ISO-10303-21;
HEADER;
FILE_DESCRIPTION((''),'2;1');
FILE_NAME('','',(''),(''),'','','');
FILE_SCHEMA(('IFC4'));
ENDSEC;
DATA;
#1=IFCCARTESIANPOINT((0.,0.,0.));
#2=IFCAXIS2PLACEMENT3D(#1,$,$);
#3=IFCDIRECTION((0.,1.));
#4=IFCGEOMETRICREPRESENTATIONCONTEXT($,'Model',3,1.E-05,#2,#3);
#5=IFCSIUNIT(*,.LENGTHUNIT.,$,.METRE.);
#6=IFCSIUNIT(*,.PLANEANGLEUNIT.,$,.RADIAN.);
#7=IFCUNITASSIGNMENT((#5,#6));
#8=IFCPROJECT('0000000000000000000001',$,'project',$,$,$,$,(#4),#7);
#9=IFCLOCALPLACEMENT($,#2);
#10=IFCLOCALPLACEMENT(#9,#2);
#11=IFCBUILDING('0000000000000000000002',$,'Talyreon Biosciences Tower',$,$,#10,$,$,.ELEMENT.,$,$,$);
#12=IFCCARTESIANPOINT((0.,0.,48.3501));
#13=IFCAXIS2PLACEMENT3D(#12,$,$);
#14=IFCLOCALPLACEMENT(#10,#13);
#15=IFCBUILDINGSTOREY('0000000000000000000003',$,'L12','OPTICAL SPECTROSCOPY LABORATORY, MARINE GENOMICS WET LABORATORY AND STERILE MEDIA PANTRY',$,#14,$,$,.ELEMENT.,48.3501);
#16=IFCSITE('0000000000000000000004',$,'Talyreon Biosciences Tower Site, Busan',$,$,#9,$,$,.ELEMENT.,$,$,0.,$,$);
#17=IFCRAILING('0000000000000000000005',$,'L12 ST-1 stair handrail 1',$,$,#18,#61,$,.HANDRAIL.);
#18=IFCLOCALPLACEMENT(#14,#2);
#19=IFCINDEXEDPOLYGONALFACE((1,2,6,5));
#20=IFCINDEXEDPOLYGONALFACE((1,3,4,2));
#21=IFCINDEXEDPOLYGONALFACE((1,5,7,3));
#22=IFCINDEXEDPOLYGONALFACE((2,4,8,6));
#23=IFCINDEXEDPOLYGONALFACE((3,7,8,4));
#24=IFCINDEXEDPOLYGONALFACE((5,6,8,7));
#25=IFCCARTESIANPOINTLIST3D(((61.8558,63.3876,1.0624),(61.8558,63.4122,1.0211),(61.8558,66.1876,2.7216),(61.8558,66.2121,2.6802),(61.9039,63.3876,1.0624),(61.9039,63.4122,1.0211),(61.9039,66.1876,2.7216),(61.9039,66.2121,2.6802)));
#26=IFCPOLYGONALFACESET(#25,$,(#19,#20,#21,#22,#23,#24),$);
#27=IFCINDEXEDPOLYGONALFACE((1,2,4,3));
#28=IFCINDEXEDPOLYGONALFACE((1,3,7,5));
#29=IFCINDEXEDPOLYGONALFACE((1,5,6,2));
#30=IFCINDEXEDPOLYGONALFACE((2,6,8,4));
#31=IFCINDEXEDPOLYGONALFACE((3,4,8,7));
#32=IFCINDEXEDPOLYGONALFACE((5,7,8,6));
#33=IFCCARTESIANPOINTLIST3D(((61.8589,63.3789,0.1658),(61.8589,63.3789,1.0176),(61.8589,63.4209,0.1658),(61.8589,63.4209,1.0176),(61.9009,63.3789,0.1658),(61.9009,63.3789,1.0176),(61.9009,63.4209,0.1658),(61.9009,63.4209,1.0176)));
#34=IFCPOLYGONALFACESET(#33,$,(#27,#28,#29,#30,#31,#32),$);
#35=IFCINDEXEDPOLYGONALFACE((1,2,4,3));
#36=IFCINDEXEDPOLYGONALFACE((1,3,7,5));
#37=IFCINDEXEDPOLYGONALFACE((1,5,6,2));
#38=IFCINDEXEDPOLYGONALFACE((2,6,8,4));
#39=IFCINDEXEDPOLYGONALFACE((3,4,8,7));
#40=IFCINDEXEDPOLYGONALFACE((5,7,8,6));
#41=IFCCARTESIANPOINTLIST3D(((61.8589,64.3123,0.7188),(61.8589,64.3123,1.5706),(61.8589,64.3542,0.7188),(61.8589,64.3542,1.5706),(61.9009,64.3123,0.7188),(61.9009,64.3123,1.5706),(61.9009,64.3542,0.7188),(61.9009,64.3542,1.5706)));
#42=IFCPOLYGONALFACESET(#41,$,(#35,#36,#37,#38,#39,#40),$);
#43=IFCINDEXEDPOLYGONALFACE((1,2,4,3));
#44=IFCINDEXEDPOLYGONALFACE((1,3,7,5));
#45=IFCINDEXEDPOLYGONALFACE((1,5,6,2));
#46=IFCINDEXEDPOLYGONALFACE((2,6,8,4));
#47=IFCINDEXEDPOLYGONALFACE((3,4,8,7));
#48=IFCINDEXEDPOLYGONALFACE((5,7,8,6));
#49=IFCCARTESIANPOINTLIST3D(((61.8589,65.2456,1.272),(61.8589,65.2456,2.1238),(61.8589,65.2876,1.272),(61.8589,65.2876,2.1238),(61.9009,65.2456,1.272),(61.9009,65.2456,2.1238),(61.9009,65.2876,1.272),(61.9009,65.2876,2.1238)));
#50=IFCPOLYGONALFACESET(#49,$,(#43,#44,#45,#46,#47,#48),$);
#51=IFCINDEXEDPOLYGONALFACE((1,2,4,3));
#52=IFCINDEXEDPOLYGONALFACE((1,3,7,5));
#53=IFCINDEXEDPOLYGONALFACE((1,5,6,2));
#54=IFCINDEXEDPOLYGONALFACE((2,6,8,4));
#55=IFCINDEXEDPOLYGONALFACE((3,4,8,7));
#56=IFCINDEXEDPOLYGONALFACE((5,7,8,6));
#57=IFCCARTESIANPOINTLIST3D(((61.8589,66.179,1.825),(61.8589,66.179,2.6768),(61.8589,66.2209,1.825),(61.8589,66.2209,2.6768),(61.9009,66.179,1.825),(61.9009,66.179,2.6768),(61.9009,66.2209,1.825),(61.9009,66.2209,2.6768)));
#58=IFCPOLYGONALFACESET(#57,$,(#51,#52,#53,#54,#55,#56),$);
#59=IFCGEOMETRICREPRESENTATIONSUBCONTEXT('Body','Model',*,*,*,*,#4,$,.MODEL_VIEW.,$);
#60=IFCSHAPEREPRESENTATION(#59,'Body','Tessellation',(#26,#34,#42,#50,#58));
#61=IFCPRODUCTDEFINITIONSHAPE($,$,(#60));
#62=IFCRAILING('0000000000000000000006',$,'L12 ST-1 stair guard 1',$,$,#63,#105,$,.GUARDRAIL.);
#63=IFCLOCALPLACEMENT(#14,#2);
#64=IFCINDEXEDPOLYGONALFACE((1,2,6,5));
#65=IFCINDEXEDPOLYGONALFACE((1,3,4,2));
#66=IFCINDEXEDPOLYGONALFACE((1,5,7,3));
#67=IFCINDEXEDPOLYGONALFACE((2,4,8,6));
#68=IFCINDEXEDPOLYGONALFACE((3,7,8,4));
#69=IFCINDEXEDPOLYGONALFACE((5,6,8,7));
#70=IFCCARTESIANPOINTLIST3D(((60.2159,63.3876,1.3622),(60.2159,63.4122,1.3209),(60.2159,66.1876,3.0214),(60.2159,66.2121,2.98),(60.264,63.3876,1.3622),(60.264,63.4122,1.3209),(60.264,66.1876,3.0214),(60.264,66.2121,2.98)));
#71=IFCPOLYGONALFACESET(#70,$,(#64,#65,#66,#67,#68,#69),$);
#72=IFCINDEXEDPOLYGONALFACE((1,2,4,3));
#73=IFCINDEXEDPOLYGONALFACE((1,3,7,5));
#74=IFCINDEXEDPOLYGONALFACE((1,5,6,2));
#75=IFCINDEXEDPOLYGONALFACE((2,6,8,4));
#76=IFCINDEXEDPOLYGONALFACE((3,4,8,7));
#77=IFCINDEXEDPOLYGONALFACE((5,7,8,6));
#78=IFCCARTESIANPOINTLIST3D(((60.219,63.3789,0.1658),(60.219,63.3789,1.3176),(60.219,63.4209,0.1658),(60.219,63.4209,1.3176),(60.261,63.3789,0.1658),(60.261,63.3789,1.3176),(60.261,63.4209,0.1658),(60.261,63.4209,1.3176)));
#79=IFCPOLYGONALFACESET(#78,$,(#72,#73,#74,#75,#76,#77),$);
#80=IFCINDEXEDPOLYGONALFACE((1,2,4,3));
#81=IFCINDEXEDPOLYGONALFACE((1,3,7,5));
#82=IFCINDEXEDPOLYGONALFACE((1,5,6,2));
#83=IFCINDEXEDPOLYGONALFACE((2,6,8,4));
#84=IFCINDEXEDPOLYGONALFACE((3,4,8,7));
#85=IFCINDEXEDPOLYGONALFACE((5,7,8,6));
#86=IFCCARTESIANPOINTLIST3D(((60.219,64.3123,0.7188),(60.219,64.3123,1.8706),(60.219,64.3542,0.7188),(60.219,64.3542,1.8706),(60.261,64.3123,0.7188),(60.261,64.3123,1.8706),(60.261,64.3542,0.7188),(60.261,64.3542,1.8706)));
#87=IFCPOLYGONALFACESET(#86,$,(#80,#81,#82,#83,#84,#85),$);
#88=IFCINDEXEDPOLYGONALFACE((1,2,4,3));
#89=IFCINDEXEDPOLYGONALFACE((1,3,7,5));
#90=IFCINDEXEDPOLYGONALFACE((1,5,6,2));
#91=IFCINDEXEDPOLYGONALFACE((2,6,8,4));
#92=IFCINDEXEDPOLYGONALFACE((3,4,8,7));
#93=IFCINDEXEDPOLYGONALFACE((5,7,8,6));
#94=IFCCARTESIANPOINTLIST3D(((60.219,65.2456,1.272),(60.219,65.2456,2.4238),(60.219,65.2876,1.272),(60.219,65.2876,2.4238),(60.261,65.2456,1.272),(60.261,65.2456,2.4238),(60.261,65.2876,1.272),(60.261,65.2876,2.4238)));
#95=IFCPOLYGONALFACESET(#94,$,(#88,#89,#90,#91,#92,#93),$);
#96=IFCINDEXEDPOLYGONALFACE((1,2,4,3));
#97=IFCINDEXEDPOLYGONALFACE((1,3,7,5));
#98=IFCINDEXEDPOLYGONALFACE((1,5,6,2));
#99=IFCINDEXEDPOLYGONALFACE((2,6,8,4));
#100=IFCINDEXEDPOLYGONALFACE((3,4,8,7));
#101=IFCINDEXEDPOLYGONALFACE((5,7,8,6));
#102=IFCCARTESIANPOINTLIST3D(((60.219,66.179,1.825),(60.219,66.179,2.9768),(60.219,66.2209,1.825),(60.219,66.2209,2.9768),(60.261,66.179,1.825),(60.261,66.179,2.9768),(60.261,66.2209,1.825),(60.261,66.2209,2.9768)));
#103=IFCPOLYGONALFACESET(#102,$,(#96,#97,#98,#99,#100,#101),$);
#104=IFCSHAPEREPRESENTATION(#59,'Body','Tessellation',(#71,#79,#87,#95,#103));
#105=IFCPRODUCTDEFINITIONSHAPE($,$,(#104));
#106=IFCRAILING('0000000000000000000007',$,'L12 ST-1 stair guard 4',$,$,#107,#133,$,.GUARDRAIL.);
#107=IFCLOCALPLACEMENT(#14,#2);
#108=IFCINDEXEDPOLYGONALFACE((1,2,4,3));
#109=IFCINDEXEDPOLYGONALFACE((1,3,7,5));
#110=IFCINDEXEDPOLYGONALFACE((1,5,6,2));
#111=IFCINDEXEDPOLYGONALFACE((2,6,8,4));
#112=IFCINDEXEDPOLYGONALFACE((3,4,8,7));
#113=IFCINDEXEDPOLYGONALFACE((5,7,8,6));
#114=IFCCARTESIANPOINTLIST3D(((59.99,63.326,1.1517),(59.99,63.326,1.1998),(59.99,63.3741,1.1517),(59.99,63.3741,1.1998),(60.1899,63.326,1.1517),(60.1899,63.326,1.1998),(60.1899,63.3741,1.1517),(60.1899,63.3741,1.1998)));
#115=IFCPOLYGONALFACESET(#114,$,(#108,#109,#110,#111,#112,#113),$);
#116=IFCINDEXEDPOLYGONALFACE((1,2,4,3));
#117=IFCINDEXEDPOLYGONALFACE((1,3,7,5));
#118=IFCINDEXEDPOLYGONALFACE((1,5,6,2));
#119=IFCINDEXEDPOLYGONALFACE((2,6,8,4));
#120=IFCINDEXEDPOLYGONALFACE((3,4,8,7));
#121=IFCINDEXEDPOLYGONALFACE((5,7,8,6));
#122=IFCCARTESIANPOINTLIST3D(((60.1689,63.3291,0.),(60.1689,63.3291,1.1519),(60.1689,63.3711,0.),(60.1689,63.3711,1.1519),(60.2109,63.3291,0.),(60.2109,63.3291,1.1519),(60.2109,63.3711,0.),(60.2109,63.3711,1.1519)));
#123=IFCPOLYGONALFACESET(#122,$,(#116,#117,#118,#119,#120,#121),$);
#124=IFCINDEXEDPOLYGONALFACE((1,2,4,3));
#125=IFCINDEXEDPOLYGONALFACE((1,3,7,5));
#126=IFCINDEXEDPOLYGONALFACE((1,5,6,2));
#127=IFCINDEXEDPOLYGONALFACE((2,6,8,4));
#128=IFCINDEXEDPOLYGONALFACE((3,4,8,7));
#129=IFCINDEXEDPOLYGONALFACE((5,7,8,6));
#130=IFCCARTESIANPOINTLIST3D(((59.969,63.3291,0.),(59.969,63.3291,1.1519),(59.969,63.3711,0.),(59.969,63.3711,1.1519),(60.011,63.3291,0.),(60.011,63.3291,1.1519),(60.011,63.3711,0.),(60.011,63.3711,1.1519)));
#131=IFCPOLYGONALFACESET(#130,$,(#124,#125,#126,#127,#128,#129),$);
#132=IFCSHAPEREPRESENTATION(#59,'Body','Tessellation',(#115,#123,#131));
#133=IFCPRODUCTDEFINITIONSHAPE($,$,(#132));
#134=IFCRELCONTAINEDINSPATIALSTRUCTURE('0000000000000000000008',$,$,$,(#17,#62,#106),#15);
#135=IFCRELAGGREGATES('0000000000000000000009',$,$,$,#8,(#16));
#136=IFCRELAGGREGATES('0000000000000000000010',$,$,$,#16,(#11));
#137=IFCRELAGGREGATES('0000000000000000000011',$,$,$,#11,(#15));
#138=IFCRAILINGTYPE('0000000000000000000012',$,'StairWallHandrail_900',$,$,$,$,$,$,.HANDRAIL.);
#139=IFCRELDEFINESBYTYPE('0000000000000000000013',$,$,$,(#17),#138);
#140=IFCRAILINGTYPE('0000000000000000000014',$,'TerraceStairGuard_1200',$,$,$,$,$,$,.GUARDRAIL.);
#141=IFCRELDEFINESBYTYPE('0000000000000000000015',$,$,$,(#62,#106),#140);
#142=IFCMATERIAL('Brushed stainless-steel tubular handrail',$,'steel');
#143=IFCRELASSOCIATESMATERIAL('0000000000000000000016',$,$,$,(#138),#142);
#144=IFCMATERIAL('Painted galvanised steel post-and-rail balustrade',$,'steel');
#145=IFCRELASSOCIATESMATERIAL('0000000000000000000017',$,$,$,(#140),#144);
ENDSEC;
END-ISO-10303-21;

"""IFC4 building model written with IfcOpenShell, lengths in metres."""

from ifc_helpers import new_model, si_unit, direction, frame, origin, origin_2d, place, context, subcontext, project, spatial, rectangle, extrude, material, type_object, element, save


model = new_model("IFC4")

# Units and contexts
model_context = context("Model", 3, precision=1e-05, world=origin(), true_north=direction((0.0, 1.0)))
body_context = subcontext(model_context, "Body", "Model", "MODEL_VIEW")
ifc_project = project(units=[si_unit("LENGTHUNIT", "METRE"), si_unit("PLANEANGLEUNIT", "RADIAN")], contexts=[model_context])

# Site, building, storey
site_placement = place(None, origin())
site = spatial("IfcSite", under=ifc_project, at=site_placement, Name="Talyreon Biosciences Tower Site, Busan", CompositionType="ELEMENT", RefElevation=0.0)
building_placement = place(site_placement, origin())
building = spatial("IfcBuilding", under=site, at=building_placement, Name="Talyreon Biosciences Tower", CompositionType="ELEMENT")
storey_placement = place(building_placement, frame((0.0, 0.0, 48.3501)))
storey = spatial("IfcBuildingStorey", under=building, at=storey_placement, Name="L12", Description="OPTICAL SPECTROSCOPY LABORATORY, MARINE GENOMICS WET LABORATORY AND STERILE MEDIA PANTRY", CompositionType="ELEMENT", Elevation=48.3501)

# Railings
ifc_material_1 = material(Name="Brushed stainless-steel tubular handrail", Category="steel")
railing_type_1 = type_object("IfcRailingType", Name="StairWallHandrail_900", PredefinedType="HANDRAIL", material=ifc_material_1)
railing_1_placement = place(storey_placement, frame((61.8799, 63.3999, 0.1658)))
element("IfcRailing", 1, at=railing_1_placement, inside=storey, type_object=railing_type_1, Name="L12 ST-1 stair handrail 1", PredefinedType="HANDRAIL", context=body_context, shape_type="SweptSolid", body=[
    extrude(rectangle(XDim=0.0481, YDim=0.0481, at=origin_2d()), frame((0.0, 0.0, 0.876), z_axis=(0.0, 0.860306, 0.509778), x_axis=(-1.0, 0.0, 0.0)), (0.0, 0.0, 1.0), 3.2546),
    extrude(rectangle(XDim=0.042, YDim=0.042, at=origin_2d()), origin(), (0.0, 0.0, 1.0), 0.8518),
    extrude(rectangle(XDim=0.042, YDim=0.042, at=origin_2d()), frame((0.0, 0.9333, 0.553)), (0.0, 0.0, 1.0), 0.8518),
    extrude(rectangle(XDim=0.042, YDim=0.042, at=origin_2d()), frame((0.0, 1.8667, 1.1062)), (0.0, 0.0, 1.0), 0.8518),
    extrude(rectangle(XDim=0.042, YDim=0.042, at=origin_2d()), frame((0.0, 2.8, 1.6592)), (0.0, 0.0, 1.0), 0.8518),
])
ifc_material_2 = material(Name="Painted galvanised steel post-and-rail balustrade", Category="steel")
railing_type_2 = type_object("IfcRailingType", Name="TerraceStairGuard_1200", PredefinedType="GUARDRAIL", material=ifc_material_2)
railing_2_placement = place(storey_placement, frame((60.24, 63.3999, 0.1658)))
element("IfcRailing", 2, at=railing_2_placement, inside=storey, type_object=railing_type_2, Name="L12 ST-1 stair guard 1", PredefinedType="GUARDRAIL", context=body_context, shape_type="SweptSolid", body=[
    extrude(rectangle(XDim=0.0481, YDim=0.0481, at=origin_2d()), frame((0.0, 0.0, 1.1758), z_axis=(0.0, 0.860306, 0.509778), x_axis=(-1.0, 0.0, 0.0)), (0.0, 0.0, 1.0), 3.2546),
    extrude(rectangle(XDim=0.042, YDim=0.042, at=origin_2d()), origin(), (0.0, 0.0, 1.0), 1.1519),
    extrude(rectangle(XDim=0.042, YDim=0.042, at=origin_2d()), frame((0.0, 0.9333, 0.553)), (0.0, 0.0, 1.0), 1.1519),
    extrude(rectangle(XDim=0.042, YDim=0.042, at=origin_2d()), frame((0.0, 1.8667, 1.1062)), (0.0, 0.0, 1.0), 1.1519),
    extrude(rectangle(XDim=0.042, YDim=0.042, at=origin_2d()), frame((0.0, 2.8, 1.6592)), (0.0, 0.0, 1.0), 1.1519),
])
railing_3_placement = place(storey_placement, frame((60.1899, 63.3501, 0.0)))
element("IfcRailing", 3, at=railing_3_placement, inside=storey, type_object=railing_type_2, Name="L12 ST-1 stair guard 4", PredefinedType="GUARDRAIL", context=body_context, shape_type="SweptSolid", body=[
    extrude(rectangle(XDim=0.0481, YDim=0.0481, at=origin_2d()), frame((0.0, 0.0, 1.1758), z_axis=(-1.0, 0.0, 0.0), x_axis=(0.0, -1.0, 0.0)), (0.0, 0.0, 1.0), 0.2),
    extrude(rectangle(XDim=0.042, YDim=0.042, at=origin_2d()), origin(), (0.0, 0.0, 1.0), 1.1519),
    extrude(rectangle(XDim=0.042, YDim=0.042, at=origin_2d()), frame((-0.2, 0.0, 0.0)), (0.0, 0.0, 1.0), 1.1519),
])

save(model, "model.ifc")
